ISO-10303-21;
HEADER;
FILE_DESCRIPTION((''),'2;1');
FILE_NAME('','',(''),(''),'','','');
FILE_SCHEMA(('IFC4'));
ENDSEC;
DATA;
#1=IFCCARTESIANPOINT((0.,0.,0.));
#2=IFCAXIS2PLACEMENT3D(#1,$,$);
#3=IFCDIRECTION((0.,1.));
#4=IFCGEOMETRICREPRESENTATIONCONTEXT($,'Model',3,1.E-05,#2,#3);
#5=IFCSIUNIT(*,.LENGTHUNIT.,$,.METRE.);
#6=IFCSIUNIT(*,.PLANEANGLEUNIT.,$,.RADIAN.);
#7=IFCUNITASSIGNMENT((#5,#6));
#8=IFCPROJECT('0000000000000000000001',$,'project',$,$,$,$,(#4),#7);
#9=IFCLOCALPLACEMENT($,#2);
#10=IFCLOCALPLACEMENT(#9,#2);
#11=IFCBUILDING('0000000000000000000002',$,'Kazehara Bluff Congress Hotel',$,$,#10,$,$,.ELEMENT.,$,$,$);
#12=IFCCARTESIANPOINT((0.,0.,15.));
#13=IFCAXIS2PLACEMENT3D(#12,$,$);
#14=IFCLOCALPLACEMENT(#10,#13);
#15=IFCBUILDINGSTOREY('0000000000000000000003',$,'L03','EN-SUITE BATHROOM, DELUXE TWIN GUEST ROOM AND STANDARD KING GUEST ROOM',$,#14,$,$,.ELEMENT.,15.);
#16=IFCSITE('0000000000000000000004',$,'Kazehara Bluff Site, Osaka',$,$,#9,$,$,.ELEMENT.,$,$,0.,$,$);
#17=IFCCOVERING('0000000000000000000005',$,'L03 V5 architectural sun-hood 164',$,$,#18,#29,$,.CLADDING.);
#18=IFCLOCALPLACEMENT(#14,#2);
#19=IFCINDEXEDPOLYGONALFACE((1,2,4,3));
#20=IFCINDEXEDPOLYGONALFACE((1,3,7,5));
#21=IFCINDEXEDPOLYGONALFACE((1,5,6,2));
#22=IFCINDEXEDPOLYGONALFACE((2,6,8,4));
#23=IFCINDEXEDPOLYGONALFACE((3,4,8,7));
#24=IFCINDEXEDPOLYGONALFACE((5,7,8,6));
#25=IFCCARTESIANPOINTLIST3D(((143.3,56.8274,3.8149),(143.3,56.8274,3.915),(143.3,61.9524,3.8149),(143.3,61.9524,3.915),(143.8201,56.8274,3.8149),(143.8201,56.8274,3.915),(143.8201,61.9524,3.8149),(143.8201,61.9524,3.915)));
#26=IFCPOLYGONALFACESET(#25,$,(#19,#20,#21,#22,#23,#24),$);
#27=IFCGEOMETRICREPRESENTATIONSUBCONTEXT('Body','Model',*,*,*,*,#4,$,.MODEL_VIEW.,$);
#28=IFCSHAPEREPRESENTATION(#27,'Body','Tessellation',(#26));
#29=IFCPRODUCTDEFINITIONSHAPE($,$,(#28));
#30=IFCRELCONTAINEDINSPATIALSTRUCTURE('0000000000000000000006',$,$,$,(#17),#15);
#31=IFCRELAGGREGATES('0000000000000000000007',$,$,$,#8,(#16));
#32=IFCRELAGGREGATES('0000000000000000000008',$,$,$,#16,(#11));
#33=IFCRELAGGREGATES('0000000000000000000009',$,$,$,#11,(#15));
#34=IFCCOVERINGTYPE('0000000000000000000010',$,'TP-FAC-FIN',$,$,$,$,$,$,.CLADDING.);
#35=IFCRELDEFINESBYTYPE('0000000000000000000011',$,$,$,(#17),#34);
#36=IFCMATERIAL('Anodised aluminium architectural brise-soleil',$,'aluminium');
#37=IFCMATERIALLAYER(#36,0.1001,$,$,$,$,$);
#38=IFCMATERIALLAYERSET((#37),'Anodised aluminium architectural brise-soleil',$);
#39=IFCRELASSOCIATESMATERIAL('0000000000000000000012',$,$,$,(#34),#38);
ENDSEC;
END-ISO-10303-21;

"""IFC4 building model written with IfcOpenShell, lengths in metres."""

from ifc_helpers import new_model, si_unit, direction, frame, origin, origin_2d, place, context, subcontext, project, spatial, rectangle, extrude, material, layer, layer_set, type_object, element, save


model = new_model("IFC4")

# Units and contexts
model_context = context("Model", 3, precision=1e-05, world=origin(), true_north=direction((0.0, 1.0)))
body_context = subcontext(model_context, "Body", "Model", "MODEL_VIEW")
ifc_project = project(units=[si_unit("LENGTHUNIT", "METRE"), si_unit("PLANEANGLEUNIT", "RADIAN")], contexts=[model_context])

# Site, building, storey
site_placement = place(None, origin())
site = spatial("IfcSite", under=ifc_project, at=site_placement, Name="Kazehara Bluff Site, Osaka", CompositionType="ELEMENT", RefElevation=0.0)
building_placement = place(site_placement, origin())
building = spatial("IfcBuilding", under=site, at=building_placement, Name="Kazehara Bluff Congress Hotel", CompositionType="ELEMENT")
storey_placement = place(building_placement, frame((0.0, 0.0, 15.0)))
storey = spatial("IfcBuildingStorey", under=building, at=storey_placement, Name="L03", Description="EN-SUITE BATHROOM, DELUXE TWIN GUEST ROOM AND STANDARD KING GUEST ROOM", CompositionType="ELEMENT", Elevation=15.0)

# Covering
ifc_material_1 = material(Name="Anodised aluminium architectural brise-soleil", Category="aluminium")
ifc_layer_1 = layer(ifc_material_1, 0.1001)
ifc_layer_set_1 = layer_set([ifc_layer_1], Name="Anodised aluminium architectural brise-soleil")
covering_type = type_object("IfcCoveringType", Name="TP-FAC-FIN", PredefinedType="CLADDING", material=ifc_layer_set_1)
covering_placement = place(storey_placement, frame((143.5601, 59.3899, 3.8149), z_axis=(0.0, 0.0, 1.0), x_axis=(1.0, 0.0, 0.0)))
element("IfcCovering", 1, at=covering_placement, inside=storey, type_object=covering_type, Name="L03 V5 architectural sun-hood 164", PredefinedType="CLADDING", context=body_context, shape_type="SweptSolid", body=[
    extrude(rectangle(XDim=0.52, YDim=5.125, at=origin_2d()), origin(), (0.0, 0.0, 1.0), 0.1001),
])

save(model, "model.ifc")
